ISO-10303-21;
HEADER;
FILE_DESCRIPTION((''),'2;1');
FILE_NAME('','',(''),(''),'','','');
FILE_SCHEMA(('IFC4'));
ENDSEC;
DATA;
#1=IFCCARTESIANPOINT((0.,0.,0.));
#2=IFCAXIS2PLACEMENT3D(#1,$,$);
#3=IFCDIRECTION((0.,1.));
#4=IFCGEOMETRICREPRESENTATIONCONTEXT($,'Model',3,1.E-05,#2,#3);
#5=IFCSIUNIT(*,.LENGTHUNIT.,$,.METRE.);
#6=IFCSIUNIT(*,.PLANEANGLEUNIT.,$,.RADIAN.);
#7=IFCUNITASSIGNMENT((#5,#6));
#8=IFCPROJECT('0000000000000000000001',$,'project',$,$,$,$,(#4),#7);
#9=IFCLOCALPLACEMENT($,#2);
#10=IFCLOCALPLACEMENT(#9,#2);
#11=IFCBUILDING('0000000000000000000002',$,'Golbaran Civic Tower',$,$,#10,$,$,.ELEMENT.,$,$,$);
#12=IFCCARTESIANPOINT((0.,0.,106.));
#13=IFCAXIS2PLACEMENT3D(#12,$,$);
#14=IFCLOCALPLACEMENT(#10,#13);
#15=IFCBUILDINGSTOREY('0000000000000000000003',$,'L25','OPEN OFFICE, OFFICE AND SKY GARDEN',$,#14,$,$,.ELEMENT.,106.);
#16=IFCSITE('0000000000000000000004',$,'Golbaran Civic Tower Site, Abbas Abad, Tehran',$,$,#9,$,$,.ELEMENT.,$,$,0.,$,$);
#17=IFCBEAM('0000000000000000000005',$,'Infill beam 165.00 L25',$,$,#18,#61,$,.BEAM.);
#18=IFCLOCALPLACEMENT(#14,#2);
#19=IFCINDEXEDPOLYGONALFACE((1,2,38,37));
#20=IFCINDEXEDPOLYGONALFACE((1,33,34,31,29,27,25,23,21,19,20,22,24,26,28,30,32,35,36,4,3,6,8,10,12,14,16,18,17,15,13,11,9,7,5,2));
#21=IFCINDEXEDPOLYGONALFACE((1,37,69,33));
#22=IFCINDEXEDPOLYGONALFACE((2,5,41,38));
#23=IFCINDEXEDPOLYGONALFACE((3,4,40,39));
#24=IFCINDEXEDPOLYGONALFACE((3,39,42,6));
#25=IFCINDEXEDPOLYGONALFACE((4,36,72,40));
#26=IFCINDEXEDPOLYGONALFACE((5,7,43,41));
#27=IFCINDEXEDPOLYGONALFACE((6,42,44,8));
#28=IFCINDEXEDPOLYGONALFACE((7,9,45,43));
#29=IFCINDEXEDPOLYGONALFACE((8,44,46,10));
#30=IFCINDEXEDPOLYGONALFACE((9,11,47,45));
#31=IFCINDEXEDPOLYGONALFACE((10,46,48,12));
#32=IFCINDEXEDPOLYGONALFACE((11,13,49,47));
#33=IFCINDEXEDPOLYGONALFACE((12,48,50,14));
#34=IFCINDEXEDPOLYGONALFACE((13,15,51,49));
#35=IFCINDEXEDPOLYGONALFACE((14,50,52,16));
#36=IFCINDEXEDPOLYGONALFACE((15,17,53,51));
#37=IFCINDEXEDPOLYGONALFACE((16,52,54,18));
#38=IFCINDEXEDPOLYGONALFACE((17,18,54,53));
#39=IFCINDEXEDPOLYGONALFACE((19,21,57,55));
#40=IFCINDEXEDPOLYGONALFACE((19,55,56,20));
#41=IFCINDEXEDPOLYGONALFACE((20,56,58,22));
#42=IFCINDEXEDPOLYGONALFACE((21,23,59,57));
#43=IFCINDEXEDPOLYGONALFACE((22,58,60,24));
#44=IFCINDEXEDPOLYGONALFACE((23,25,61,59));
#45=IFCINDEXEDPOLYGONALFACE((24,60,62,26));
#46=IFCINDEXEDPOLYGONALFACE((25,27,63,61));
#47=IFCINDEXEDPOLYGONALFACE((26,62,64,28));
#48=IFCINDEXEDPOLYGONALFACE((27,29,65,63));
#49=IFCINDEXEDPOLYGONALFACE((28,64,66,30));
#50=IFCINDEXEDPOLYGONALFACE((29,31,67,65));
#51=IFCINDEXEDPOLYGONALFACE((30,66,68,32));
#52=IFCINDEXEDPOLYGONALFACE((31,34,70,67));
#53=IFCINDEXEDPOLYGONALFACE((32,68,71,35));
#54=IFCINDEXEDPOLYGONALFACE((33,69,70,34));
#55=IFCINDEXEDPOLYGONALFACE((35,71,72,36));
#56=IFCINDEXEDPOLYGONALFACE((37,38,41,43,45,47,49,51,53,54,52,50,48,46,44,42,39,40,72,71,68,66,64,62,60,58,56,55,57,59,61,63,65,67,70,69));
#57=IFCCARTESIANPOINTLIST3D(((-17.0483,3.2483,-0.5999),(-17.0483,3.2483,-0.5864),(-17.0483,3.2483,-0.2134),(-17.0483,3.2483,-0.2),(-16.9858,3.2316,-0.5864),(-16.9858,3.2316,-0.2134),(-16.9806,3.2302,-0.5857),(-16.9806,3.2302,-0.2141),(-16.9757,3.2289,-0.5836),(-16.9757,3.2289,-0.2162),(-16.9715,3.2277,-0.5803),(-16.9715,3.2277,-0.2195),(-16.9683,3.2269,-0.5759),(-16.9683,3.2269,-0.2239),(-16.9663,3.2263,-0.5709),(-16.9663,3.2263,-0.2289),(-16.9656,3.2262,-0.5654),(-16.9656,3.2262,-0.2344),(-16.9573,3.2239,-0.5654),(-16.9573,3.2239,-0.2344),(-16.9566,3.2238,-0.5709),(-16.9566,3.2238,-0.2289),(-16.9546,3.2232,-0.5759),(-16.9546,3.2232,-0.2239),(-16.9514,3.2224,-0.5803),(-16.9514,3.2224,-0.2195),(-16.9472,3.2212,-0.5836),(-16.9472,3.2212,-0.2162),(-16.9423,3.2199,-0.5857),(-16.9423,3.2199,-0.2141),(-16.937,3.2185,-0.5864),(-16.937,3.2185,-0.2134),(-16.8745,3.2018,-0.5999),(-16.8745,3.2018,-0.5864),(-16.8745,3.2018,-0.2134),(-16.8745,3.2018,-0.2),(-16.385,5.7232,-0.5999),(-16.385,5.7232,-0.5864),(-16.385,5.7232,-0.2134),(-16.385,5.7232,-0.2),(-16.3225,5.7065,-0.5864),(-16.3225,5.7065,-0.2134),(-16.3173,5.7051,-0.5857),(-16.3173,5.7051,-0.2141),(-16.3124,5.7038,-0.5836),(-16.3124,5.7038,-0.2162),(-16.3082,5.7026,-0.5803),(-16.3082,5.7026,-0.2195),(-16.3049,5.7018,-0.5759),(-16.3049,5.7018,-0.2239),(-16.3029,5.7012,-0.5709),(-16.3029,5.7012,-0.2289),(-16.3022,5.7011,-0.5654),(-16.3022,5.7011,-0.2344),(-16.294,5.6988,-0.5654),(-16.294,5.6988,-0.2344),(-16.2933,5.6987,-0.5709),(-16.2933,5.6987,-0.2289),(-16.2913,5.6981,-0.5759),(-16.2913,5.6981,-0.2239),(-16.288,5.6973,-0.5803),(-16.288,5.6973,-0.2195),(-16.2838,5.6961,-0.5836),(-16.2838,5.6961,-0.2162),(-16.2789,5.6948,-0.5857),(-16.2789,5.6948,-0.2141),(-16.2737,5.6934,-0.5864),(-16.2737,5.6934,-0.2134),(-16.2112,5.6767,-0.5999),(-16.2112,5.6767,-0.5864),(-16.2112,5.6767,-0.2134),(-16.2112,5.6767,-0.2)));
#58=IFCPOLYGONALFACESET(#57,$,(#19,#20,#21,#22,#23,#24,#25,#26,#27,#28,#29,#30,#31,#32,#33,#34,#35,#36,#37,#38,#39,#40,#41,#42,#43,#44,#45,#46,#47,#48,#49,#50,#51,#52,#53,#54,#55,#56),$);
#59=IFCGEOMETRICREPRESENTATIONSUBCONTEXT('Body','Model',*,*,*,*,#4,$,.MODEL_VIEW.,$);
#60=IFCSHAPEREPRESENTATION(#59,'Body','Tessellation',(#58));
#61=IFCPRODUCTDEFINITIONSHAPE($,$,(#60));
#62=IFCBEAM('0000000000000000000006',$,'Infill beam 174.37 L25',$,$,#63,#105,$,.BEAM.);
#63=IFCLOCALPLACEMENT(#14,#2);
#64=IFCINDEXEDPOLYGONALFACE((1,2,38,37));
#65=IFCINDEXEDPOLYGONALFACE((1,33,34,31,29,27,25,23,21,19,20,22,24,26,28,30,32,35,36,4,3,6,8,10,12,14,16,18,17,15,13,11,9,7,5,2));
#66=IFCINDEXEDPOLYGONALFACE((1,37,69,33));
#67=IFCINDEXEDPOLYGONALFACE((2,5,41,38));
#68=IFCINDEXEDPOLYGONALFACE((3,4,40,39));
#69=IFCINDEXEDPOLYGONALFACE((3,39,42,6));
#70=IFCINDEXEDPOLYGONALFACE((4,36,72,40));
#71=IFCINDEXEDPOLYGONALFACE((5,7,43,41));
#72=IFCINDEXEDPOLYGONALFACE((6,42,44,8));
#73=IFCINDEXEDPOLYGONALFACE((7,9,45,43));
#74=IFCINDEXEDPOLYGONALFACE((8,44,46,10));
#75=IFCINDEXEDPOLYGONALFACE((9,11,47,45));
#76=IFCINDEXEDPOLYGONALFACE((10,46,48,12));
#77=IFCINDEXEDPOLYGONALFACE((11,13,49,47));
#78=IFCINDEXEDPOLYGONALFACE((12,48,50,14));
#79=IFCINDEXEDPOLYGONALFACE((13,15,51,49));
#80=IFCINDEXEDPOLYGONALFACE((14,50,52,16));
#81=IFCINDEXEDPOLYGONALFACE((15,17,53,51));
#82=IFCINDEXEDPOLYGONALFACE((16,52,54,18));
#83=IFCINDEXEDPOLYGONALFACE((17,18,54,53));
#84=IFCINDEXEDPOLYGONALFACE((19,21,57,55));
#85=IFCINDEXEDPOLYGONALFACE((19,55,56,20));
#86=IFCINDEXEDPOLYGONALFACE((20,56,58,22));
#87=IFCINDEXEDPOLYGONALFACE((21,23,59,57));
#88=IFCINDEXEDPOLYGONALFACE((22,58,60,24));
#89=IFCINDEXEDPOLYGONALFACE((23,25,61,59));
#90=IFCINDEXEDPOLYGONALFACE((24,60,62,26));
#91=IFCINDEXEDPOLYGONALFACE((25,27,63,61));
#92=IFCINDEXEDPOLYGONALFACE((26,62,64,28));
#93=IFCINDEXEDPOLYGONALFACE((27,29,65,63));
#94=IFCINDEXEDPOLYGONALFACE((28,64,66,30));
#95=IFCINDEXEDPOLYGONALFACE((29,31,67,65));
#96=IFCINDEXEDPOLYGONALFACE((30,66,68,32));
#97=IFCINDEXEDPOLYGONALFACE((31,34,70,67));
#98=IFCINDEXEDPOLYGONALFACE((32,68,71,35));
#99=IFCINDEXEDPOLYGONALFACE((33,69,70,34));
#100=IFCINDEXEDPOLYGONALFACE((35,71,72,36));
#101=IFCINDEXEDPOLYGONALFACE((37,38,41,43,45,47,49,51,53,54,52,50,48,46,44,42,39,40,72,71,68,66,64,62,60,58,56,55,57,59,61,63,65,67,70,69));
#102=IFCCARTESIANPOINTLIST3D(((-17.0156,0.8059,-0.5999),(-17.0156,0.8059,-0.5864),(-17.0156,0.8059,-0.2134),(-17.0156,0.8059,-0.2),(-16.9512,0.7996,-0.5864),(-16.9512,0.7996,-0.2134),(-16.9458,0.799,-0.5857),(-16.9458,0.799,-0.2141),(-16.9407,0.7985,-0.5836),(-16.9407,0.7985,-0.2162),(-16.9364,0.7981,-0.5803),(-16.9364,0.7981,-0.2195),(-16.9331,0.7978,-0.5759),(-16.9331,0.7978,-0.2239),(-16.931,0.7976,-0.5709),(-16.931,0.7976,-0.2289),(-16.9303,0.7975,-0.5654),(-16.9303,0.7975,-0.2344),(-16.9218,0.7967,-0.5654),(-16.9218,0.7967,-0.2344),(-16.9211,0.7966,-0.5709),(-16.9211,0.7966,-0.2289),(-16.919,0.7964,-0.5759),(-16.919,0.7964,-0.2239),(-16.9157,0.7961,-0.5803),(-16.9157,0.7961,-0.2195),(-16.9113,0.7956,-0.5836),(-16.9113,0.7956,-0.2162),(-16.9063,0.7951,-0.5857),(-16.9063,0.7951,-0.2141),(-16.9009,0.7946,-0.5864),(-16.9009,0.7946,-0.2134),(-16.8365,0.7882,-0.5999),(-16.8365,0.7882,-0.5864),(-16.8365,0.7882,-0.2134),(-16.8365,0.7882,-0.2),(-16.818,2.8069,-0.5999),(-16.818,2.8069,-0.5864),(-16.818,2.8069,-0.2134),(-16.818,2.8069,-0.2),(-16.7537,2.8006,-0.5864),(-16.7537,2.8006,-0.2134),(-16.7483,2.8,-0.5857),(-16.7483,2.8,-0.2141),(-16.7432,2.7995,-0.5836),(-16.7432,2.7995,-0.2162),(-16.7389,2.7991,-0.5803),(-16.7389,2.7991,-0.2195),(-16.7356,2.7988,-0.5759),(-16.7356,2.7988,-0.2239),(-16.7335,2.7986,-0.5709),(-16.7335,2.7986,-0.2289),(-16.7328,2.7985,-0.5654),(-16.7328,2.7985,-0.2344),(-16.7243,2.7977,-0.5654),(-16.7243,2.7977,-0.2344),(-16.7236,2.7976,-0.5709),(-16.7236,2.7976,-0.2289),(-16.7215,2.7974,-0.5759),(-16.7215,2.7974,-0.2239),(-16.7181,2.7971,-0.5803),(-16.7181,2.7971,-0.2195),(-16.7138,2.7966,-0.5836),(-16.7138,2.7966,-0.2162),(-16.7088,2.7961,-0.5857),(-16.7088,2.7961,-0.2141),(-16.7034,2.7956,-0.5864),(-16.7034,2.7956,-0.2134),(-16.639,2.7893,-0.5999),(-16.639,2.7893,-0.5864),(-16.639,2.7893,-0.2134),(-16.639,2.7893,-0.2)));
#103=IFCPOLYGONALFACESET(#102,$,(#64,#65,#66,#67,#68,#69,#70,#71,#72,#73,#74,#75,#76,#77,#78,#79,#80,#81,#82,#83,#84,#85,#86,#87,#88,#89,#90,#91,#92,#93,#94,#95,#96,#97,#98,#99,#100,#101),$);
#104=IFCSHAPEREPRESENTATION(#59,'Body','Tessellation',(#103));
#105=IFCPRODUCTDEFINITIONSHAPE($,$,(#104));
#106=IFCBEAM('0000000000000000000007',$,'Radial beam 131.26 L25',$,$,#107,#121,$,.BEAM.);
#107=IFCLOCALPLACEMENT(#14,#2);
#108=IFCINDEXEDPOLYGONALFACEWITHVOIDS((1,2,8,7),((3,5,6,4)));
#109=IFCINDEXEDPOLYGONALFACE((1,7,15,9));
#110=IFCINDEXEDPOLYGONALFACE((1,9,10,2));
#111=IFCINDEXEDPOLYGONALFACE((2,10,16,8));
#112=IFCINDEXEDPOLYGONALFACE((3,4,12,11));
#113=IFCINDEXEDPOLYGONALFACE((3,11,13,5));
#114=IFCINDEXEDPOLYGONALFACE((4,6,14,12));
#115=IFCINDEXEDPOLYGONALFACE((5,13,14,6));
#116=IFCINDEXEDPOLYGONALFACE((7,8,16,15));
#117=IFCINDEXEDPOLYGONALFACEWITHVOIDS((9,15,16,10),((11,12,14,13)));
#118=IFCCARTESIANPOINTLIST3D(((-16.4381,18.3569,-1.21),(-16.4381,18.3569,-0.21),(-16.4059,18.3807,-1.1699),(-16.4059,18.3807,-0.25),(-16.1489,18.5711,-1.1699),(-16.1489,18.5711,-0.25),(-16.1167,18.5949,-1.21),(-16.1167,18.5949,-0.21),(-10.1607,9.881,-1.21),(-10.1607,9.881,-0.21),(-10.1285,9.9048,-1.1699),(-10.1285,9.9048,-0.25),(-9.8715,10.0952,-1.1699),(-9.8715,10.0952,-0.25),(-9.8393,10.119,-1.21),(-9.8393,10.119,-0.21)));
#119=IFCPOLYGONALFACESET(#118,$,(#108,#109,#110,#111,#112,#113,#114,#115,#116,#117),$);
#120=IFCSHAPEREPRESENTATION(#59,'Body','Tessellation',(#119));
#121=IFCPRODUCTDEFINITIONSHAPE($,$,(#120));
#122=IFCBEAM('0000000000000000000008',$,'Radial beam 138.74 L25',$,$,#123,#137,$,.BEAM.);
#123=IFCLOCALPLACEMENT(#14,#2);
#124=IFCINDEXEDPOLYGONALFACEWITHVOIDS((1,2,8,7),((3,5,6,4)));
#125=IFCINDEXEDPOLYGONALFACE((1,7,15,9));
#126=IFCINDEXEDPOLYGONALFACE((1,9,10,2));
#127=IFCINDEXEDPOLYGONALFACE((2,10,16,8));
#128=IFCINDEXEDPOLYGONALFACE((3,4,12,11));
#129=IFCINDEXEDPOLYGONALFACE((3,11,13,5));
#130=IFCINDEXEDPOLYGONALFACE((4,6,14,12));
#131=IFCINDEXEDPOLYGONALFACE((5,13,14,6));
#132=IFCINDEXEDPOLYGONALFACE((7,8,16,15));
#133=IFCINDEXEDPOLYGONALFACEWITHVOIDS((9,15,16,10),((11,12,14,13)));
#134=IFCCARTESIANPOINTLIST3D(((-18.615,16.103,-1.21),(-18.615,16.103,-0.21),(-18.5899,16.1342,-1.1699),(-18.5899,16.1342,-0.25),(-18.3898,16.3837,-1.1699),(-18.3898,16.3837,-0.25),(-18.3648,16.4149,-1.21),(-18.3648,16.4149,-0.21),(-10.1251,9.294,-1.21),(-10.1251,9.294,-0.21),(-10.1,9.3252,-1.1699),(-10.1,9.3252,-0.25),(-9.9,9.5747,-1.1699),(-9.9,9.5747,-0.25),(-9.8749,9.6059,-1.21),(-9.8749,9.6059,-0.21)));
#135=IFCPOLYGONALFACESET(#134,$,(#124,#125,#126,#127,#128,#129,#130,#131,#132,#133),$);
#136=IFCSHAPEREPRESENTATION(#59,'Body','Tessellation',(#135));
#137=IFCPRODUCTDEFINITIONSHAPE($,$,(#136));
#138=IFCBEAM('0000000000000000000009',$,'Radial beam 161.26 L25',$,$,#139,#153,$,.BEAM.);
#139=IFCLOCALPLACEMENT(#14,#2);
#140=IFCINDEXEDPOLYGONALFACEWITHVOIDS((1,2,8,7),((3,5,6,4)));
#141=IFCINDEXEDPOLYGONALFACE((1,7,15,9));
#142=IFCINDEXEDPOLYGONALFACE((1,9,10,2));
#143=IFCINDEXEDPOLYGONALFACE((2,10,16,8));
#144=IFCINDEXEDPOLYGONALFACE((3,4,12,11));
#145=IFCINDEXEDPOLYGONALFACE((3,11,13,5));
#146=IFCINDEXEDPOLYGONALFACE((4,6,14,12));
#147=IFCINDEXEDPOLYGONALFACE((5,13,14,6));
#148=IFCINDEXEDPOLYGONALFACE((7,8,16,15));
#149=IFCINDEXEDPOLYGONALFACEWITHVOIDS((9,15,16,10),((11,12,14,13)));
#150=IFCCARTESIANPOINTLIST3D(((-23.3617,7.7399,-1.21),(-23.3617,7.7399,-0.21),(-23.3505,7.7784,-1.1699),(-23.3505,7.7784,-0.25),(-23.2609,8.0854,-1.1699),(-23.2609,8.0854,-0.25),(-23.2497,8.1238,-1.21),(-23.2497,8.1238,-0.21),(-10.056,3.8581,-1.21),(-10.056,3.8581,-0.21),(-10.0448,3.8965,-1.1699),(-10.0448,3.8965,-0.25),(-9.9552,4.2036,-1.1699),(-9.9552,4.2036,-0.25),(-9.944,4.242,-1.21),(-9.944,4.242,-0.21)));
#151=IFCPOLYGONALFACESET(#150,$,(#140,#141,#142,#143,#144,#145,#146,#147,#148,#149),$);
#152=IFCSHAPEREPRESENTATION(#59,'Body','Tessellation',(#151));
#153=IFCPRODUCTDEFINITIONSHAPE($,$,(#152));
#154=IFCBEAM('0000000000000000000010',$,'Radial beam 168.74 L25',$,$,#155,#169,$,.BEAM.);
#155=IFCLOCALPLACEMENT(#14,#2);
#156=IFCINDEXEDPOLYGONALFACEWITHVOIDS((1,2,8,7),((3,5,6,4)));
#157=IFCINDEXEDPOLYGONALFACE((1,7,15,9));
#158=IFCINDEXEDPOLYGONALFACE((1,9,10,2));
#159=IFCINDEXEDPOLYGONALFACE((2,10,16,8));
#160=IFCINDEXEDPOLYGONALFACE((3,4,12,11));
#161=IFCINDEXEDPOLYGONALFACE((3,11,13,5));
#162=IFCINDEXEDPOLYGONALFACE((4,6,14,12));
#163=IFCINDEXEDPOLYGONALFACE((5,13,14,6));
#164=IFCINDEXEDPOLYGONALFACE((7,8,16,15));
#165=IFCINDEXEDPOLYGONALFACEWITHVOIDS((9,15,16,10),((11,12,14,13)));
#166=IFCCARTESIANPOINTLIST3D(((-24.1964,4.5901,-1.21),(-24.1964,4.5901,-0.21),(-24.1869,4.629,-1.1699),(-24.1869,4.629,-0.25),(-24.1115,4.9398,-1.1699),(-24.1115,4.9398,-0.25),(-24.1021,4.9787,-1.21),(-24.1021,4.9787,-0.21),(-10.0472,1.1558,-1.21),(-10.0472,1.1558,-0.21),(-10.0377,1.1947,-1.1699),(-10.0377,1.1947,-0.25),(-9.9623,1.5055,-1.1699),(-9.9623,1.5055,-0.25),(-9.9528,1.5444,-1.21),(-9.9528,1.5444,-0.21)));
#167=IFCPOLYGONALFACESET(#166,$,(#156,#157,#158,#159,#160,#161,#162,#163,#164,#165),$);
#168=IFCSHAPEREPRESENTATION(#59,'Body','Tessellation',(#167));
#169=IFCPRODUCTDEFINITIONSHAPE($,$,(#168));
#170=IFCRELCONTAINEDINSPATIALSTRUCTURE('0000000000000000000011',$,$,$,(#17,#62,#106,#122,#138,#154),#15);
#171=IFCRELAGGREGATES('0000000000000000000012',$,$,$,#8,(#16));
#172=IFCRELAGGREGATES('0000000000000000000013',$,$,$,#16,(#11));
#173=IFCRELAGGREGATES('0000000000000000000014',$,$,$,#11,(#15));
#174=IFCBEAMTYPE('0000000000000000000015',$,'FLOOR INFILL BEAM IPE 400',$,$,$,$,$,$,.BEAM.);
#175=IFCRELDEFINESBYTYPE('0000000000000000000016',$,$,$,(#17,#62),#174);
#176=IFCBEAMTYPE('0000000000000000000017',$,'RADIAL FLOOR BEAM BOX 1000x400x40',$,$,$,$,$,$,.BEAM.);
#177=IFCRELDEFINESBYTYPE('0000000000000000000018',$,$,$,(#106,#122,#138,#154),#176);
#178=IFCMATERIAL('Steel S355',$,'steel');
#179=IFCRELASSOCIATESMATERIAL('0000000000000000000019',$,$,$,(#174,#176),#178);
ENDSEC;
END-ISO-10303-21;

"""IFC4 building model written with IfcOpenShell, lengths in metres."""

from ifc_helpers import new_model, si_unit, direction, frame, origin, origin_2d, place, context, subcontext, project, spatial, hollow_rectangle, i_section, extrude, material, material_profile, profile_set, type_object, element, save


model = new_model("IFC4")

# Units and contexts
model_context = context("Model", 3, precision=1e-05, world=origin(), true_north=direction((0.0, 1.0)))
body_context = subcontext(model_context, "Body", "Model", "MODEL_VIEW")
ifc_project = project(units=[si_unit("LENGTHUNIT", "METRE"), si_unit("PLANEANGLEUNIT", "RADIAN")], contexts=[model_context])

# Site, building, storey
site_placement = place(None, origin())
site = spatial("IfcSite", under=ifc_project, at=site_placement, Name="Golbaran Civic Tower Site, Abbas Abad, Tehran", CompositionType="ELEMENT", RefElevation=0.0)
building_placement = place(site_placement, origin())
building = spatial("IfcBuilding", under=site, at=building_placement, Name="Golbaran Civic Tower", CompositionType="ELEMENT")
storey_placement = place(building_placement, frame((0.0, 0.0, 106.0)))
storey = spatial("IfcBuildingStorey", under=building, at=storey_placement, Name="L25", Description="OPEN OFFICE, OFFICE AND SKY GARDEN", CompositionType="ELEMENT", Elevation=106.0)

# Beams
ifc_material_1 = material(Name="Steel S355", Category="steel")
ifc_material_profile_1 = material_profile(ifc_material_1, i_section(OverallWidth=0.1799, OverallDepth=0.3999, WebThickness=0.0085, FlangeThickness=0.0134, FilletRadius=0.021, at=origin_2d()), Name="IPE 400")
ifc_profile_set_1 = profile_set([ifc_material_profile_1], Name="Steel S355")
beam_type_1 = type_object("IfcBeamType", Name="FLOOR INFILL BEAM IPE 400", PredefinedType="BEAM", material=ifc_profile_set_1)
beam_1_placement = place(storey_placement, frame((-16.2981, 5.7, -0.3999), z_axis=(-0.25889, -0.965907, 0.0), x_axis=(0.965907, -0.25889, 0.0)))
element("IfcBeam", 1, at=beam_1_placement, inside=storey, type_object=beam_type_1, Name="Infill beam 165.00 L25", PredefinedType="BEAM", context=body_context, shape_type="SweptSolid", body=[
    extrude(i_section(OverallWidth=0.1799, OverallDepth=0.3999, WebThickness=0.0085, FlangeThickness=0.0134, FilletRadius=0.021, at=origin_2d()), origin(), (0.0, 0.0, 1.0), 2.5623),
])
beam_2_placement = place(storey_placement, frame((-16.7285, 2.7981, -0.3999), z_axis=(-0.098229, -0.995164, 0.0), x_axis=(0.995164, -0.098229, 0.0)))
element("IfcBeam", 2, at=beam_2_placement, inside=storey, type_object=beam_type_1, Name="Infill beam 174.37 L25", PredefinedType="BEAM", context=body_context, shape_type="SweptSolid", body=[
    extrude(i_section(OverallWidth=0.1799, OverallDepth=0.3999, WebThickness=0.0085, FlangeThickness=0.0134, FilletRadius=0.021, at=origin_2d()), origin(), (0.0, 0.0, 1.0), 2.0107),
])
ifc_material_profile_2 = material_profile(ifc_material_1, hollow_rectangle(XDim=0.3999, YDim=1.0, WallThickness=0.04, at=origin_2d()), Name="BOX 1000x400x40")
ifc_profile_set_2 = profile_set([ifc_material_profile_2], Name="Steel S355")
beam_type_2 = type_object("IfcBeamType", Name="RADIAL FLOOR BEAM BOX 1000x400x40", PredefinedType="BEAM", material=ifc_profile_set_2)
beam_3_placement = place(storey_placement, frame((-10.0, 10.0, -0.71), z_axis=(-0.595163, 0.803605, 0.0), x_axis=(-0.803605, -0.595163, 0.0)))
element("IfcBeam", 3, at=beam_3_placement, inside=storey, type_object=beam_type_2, Name="Radial beam 131.26 L25", PredefinedType="BEAM", context=body_context, shape_type="SweptSolid", body=[
    extrude(hollow_rectangle(XDim=0.3999, YDim=1.0, WallThickness=0.04, at=origin_2d()), origin(), (0.0, 0.0, 1.0), 10.5474),
])
beam_4_placement = place(storey_placement, frame((-10.0, 9.45, -0.71), z_axis=(-0.780102, 0.625652, 0.0), x_axis=(-0.625652, -0.780102, 0.0)))
element("IfcBeam", 4, at=beam_4_placement, inside=storey, type_object=beam_type_2, Name="Radial beam 138.74 L25", PredefinedType="BEAM", context=body_context, shape_type="SweptSolid", body=[
    extrude(hollow_rectangle(XDim=0.3999, YDim=1.0, WallThickness=0.04, at=origin_2d()), origin(), (0.0, 0.0, 1.0), 10.8831),
])
beam_5_placement = place(storey_placement, frame((-10.0, 4.05, -0.71), z_axis=(-0.95998, 0.280068, 0.0), x_axis=(-0.280068, -0.95998, 0.0)))
element("IfcBeam", 5, at=beam_5_placement, inside=storey, type_object=beam_type_2, Name="Radial beam 161.26 L25", PredefinedType="BEAM", context=body_context, shape_type="SweptSolid", body=[
    extrude(hollow_rectangle(XDim=0.3999, YDim=1.0, WallThickness=0.04, at=origin_2d()), origin(), (0.0, 0.0, 1.0), 13.8604),
])
beam_6_placement = place(storey_placement, frame((-10.0, 1.3501, -0.71), z_axis=(-0.971784, 0.235874, 0.0), x_axis=(-0.235874, -0.971784, 0.0)))
element("IfcBeam", 6, at=beam_6_placement, inside=storey, type_object=beam_type_2, Name="Radial beam 168.74 L25", PredefinedType="BEAM", context=body_context, shape_type="SweptSolid", body=[
    extrude(hollow_rectangle(XDim=0.3999, YDim=1.0, WallThickness=0.04, at=origin_2d()), origin(), (0.0, 0.0, 1.0), 14.5601),
])

save(model, "model.ifc")
